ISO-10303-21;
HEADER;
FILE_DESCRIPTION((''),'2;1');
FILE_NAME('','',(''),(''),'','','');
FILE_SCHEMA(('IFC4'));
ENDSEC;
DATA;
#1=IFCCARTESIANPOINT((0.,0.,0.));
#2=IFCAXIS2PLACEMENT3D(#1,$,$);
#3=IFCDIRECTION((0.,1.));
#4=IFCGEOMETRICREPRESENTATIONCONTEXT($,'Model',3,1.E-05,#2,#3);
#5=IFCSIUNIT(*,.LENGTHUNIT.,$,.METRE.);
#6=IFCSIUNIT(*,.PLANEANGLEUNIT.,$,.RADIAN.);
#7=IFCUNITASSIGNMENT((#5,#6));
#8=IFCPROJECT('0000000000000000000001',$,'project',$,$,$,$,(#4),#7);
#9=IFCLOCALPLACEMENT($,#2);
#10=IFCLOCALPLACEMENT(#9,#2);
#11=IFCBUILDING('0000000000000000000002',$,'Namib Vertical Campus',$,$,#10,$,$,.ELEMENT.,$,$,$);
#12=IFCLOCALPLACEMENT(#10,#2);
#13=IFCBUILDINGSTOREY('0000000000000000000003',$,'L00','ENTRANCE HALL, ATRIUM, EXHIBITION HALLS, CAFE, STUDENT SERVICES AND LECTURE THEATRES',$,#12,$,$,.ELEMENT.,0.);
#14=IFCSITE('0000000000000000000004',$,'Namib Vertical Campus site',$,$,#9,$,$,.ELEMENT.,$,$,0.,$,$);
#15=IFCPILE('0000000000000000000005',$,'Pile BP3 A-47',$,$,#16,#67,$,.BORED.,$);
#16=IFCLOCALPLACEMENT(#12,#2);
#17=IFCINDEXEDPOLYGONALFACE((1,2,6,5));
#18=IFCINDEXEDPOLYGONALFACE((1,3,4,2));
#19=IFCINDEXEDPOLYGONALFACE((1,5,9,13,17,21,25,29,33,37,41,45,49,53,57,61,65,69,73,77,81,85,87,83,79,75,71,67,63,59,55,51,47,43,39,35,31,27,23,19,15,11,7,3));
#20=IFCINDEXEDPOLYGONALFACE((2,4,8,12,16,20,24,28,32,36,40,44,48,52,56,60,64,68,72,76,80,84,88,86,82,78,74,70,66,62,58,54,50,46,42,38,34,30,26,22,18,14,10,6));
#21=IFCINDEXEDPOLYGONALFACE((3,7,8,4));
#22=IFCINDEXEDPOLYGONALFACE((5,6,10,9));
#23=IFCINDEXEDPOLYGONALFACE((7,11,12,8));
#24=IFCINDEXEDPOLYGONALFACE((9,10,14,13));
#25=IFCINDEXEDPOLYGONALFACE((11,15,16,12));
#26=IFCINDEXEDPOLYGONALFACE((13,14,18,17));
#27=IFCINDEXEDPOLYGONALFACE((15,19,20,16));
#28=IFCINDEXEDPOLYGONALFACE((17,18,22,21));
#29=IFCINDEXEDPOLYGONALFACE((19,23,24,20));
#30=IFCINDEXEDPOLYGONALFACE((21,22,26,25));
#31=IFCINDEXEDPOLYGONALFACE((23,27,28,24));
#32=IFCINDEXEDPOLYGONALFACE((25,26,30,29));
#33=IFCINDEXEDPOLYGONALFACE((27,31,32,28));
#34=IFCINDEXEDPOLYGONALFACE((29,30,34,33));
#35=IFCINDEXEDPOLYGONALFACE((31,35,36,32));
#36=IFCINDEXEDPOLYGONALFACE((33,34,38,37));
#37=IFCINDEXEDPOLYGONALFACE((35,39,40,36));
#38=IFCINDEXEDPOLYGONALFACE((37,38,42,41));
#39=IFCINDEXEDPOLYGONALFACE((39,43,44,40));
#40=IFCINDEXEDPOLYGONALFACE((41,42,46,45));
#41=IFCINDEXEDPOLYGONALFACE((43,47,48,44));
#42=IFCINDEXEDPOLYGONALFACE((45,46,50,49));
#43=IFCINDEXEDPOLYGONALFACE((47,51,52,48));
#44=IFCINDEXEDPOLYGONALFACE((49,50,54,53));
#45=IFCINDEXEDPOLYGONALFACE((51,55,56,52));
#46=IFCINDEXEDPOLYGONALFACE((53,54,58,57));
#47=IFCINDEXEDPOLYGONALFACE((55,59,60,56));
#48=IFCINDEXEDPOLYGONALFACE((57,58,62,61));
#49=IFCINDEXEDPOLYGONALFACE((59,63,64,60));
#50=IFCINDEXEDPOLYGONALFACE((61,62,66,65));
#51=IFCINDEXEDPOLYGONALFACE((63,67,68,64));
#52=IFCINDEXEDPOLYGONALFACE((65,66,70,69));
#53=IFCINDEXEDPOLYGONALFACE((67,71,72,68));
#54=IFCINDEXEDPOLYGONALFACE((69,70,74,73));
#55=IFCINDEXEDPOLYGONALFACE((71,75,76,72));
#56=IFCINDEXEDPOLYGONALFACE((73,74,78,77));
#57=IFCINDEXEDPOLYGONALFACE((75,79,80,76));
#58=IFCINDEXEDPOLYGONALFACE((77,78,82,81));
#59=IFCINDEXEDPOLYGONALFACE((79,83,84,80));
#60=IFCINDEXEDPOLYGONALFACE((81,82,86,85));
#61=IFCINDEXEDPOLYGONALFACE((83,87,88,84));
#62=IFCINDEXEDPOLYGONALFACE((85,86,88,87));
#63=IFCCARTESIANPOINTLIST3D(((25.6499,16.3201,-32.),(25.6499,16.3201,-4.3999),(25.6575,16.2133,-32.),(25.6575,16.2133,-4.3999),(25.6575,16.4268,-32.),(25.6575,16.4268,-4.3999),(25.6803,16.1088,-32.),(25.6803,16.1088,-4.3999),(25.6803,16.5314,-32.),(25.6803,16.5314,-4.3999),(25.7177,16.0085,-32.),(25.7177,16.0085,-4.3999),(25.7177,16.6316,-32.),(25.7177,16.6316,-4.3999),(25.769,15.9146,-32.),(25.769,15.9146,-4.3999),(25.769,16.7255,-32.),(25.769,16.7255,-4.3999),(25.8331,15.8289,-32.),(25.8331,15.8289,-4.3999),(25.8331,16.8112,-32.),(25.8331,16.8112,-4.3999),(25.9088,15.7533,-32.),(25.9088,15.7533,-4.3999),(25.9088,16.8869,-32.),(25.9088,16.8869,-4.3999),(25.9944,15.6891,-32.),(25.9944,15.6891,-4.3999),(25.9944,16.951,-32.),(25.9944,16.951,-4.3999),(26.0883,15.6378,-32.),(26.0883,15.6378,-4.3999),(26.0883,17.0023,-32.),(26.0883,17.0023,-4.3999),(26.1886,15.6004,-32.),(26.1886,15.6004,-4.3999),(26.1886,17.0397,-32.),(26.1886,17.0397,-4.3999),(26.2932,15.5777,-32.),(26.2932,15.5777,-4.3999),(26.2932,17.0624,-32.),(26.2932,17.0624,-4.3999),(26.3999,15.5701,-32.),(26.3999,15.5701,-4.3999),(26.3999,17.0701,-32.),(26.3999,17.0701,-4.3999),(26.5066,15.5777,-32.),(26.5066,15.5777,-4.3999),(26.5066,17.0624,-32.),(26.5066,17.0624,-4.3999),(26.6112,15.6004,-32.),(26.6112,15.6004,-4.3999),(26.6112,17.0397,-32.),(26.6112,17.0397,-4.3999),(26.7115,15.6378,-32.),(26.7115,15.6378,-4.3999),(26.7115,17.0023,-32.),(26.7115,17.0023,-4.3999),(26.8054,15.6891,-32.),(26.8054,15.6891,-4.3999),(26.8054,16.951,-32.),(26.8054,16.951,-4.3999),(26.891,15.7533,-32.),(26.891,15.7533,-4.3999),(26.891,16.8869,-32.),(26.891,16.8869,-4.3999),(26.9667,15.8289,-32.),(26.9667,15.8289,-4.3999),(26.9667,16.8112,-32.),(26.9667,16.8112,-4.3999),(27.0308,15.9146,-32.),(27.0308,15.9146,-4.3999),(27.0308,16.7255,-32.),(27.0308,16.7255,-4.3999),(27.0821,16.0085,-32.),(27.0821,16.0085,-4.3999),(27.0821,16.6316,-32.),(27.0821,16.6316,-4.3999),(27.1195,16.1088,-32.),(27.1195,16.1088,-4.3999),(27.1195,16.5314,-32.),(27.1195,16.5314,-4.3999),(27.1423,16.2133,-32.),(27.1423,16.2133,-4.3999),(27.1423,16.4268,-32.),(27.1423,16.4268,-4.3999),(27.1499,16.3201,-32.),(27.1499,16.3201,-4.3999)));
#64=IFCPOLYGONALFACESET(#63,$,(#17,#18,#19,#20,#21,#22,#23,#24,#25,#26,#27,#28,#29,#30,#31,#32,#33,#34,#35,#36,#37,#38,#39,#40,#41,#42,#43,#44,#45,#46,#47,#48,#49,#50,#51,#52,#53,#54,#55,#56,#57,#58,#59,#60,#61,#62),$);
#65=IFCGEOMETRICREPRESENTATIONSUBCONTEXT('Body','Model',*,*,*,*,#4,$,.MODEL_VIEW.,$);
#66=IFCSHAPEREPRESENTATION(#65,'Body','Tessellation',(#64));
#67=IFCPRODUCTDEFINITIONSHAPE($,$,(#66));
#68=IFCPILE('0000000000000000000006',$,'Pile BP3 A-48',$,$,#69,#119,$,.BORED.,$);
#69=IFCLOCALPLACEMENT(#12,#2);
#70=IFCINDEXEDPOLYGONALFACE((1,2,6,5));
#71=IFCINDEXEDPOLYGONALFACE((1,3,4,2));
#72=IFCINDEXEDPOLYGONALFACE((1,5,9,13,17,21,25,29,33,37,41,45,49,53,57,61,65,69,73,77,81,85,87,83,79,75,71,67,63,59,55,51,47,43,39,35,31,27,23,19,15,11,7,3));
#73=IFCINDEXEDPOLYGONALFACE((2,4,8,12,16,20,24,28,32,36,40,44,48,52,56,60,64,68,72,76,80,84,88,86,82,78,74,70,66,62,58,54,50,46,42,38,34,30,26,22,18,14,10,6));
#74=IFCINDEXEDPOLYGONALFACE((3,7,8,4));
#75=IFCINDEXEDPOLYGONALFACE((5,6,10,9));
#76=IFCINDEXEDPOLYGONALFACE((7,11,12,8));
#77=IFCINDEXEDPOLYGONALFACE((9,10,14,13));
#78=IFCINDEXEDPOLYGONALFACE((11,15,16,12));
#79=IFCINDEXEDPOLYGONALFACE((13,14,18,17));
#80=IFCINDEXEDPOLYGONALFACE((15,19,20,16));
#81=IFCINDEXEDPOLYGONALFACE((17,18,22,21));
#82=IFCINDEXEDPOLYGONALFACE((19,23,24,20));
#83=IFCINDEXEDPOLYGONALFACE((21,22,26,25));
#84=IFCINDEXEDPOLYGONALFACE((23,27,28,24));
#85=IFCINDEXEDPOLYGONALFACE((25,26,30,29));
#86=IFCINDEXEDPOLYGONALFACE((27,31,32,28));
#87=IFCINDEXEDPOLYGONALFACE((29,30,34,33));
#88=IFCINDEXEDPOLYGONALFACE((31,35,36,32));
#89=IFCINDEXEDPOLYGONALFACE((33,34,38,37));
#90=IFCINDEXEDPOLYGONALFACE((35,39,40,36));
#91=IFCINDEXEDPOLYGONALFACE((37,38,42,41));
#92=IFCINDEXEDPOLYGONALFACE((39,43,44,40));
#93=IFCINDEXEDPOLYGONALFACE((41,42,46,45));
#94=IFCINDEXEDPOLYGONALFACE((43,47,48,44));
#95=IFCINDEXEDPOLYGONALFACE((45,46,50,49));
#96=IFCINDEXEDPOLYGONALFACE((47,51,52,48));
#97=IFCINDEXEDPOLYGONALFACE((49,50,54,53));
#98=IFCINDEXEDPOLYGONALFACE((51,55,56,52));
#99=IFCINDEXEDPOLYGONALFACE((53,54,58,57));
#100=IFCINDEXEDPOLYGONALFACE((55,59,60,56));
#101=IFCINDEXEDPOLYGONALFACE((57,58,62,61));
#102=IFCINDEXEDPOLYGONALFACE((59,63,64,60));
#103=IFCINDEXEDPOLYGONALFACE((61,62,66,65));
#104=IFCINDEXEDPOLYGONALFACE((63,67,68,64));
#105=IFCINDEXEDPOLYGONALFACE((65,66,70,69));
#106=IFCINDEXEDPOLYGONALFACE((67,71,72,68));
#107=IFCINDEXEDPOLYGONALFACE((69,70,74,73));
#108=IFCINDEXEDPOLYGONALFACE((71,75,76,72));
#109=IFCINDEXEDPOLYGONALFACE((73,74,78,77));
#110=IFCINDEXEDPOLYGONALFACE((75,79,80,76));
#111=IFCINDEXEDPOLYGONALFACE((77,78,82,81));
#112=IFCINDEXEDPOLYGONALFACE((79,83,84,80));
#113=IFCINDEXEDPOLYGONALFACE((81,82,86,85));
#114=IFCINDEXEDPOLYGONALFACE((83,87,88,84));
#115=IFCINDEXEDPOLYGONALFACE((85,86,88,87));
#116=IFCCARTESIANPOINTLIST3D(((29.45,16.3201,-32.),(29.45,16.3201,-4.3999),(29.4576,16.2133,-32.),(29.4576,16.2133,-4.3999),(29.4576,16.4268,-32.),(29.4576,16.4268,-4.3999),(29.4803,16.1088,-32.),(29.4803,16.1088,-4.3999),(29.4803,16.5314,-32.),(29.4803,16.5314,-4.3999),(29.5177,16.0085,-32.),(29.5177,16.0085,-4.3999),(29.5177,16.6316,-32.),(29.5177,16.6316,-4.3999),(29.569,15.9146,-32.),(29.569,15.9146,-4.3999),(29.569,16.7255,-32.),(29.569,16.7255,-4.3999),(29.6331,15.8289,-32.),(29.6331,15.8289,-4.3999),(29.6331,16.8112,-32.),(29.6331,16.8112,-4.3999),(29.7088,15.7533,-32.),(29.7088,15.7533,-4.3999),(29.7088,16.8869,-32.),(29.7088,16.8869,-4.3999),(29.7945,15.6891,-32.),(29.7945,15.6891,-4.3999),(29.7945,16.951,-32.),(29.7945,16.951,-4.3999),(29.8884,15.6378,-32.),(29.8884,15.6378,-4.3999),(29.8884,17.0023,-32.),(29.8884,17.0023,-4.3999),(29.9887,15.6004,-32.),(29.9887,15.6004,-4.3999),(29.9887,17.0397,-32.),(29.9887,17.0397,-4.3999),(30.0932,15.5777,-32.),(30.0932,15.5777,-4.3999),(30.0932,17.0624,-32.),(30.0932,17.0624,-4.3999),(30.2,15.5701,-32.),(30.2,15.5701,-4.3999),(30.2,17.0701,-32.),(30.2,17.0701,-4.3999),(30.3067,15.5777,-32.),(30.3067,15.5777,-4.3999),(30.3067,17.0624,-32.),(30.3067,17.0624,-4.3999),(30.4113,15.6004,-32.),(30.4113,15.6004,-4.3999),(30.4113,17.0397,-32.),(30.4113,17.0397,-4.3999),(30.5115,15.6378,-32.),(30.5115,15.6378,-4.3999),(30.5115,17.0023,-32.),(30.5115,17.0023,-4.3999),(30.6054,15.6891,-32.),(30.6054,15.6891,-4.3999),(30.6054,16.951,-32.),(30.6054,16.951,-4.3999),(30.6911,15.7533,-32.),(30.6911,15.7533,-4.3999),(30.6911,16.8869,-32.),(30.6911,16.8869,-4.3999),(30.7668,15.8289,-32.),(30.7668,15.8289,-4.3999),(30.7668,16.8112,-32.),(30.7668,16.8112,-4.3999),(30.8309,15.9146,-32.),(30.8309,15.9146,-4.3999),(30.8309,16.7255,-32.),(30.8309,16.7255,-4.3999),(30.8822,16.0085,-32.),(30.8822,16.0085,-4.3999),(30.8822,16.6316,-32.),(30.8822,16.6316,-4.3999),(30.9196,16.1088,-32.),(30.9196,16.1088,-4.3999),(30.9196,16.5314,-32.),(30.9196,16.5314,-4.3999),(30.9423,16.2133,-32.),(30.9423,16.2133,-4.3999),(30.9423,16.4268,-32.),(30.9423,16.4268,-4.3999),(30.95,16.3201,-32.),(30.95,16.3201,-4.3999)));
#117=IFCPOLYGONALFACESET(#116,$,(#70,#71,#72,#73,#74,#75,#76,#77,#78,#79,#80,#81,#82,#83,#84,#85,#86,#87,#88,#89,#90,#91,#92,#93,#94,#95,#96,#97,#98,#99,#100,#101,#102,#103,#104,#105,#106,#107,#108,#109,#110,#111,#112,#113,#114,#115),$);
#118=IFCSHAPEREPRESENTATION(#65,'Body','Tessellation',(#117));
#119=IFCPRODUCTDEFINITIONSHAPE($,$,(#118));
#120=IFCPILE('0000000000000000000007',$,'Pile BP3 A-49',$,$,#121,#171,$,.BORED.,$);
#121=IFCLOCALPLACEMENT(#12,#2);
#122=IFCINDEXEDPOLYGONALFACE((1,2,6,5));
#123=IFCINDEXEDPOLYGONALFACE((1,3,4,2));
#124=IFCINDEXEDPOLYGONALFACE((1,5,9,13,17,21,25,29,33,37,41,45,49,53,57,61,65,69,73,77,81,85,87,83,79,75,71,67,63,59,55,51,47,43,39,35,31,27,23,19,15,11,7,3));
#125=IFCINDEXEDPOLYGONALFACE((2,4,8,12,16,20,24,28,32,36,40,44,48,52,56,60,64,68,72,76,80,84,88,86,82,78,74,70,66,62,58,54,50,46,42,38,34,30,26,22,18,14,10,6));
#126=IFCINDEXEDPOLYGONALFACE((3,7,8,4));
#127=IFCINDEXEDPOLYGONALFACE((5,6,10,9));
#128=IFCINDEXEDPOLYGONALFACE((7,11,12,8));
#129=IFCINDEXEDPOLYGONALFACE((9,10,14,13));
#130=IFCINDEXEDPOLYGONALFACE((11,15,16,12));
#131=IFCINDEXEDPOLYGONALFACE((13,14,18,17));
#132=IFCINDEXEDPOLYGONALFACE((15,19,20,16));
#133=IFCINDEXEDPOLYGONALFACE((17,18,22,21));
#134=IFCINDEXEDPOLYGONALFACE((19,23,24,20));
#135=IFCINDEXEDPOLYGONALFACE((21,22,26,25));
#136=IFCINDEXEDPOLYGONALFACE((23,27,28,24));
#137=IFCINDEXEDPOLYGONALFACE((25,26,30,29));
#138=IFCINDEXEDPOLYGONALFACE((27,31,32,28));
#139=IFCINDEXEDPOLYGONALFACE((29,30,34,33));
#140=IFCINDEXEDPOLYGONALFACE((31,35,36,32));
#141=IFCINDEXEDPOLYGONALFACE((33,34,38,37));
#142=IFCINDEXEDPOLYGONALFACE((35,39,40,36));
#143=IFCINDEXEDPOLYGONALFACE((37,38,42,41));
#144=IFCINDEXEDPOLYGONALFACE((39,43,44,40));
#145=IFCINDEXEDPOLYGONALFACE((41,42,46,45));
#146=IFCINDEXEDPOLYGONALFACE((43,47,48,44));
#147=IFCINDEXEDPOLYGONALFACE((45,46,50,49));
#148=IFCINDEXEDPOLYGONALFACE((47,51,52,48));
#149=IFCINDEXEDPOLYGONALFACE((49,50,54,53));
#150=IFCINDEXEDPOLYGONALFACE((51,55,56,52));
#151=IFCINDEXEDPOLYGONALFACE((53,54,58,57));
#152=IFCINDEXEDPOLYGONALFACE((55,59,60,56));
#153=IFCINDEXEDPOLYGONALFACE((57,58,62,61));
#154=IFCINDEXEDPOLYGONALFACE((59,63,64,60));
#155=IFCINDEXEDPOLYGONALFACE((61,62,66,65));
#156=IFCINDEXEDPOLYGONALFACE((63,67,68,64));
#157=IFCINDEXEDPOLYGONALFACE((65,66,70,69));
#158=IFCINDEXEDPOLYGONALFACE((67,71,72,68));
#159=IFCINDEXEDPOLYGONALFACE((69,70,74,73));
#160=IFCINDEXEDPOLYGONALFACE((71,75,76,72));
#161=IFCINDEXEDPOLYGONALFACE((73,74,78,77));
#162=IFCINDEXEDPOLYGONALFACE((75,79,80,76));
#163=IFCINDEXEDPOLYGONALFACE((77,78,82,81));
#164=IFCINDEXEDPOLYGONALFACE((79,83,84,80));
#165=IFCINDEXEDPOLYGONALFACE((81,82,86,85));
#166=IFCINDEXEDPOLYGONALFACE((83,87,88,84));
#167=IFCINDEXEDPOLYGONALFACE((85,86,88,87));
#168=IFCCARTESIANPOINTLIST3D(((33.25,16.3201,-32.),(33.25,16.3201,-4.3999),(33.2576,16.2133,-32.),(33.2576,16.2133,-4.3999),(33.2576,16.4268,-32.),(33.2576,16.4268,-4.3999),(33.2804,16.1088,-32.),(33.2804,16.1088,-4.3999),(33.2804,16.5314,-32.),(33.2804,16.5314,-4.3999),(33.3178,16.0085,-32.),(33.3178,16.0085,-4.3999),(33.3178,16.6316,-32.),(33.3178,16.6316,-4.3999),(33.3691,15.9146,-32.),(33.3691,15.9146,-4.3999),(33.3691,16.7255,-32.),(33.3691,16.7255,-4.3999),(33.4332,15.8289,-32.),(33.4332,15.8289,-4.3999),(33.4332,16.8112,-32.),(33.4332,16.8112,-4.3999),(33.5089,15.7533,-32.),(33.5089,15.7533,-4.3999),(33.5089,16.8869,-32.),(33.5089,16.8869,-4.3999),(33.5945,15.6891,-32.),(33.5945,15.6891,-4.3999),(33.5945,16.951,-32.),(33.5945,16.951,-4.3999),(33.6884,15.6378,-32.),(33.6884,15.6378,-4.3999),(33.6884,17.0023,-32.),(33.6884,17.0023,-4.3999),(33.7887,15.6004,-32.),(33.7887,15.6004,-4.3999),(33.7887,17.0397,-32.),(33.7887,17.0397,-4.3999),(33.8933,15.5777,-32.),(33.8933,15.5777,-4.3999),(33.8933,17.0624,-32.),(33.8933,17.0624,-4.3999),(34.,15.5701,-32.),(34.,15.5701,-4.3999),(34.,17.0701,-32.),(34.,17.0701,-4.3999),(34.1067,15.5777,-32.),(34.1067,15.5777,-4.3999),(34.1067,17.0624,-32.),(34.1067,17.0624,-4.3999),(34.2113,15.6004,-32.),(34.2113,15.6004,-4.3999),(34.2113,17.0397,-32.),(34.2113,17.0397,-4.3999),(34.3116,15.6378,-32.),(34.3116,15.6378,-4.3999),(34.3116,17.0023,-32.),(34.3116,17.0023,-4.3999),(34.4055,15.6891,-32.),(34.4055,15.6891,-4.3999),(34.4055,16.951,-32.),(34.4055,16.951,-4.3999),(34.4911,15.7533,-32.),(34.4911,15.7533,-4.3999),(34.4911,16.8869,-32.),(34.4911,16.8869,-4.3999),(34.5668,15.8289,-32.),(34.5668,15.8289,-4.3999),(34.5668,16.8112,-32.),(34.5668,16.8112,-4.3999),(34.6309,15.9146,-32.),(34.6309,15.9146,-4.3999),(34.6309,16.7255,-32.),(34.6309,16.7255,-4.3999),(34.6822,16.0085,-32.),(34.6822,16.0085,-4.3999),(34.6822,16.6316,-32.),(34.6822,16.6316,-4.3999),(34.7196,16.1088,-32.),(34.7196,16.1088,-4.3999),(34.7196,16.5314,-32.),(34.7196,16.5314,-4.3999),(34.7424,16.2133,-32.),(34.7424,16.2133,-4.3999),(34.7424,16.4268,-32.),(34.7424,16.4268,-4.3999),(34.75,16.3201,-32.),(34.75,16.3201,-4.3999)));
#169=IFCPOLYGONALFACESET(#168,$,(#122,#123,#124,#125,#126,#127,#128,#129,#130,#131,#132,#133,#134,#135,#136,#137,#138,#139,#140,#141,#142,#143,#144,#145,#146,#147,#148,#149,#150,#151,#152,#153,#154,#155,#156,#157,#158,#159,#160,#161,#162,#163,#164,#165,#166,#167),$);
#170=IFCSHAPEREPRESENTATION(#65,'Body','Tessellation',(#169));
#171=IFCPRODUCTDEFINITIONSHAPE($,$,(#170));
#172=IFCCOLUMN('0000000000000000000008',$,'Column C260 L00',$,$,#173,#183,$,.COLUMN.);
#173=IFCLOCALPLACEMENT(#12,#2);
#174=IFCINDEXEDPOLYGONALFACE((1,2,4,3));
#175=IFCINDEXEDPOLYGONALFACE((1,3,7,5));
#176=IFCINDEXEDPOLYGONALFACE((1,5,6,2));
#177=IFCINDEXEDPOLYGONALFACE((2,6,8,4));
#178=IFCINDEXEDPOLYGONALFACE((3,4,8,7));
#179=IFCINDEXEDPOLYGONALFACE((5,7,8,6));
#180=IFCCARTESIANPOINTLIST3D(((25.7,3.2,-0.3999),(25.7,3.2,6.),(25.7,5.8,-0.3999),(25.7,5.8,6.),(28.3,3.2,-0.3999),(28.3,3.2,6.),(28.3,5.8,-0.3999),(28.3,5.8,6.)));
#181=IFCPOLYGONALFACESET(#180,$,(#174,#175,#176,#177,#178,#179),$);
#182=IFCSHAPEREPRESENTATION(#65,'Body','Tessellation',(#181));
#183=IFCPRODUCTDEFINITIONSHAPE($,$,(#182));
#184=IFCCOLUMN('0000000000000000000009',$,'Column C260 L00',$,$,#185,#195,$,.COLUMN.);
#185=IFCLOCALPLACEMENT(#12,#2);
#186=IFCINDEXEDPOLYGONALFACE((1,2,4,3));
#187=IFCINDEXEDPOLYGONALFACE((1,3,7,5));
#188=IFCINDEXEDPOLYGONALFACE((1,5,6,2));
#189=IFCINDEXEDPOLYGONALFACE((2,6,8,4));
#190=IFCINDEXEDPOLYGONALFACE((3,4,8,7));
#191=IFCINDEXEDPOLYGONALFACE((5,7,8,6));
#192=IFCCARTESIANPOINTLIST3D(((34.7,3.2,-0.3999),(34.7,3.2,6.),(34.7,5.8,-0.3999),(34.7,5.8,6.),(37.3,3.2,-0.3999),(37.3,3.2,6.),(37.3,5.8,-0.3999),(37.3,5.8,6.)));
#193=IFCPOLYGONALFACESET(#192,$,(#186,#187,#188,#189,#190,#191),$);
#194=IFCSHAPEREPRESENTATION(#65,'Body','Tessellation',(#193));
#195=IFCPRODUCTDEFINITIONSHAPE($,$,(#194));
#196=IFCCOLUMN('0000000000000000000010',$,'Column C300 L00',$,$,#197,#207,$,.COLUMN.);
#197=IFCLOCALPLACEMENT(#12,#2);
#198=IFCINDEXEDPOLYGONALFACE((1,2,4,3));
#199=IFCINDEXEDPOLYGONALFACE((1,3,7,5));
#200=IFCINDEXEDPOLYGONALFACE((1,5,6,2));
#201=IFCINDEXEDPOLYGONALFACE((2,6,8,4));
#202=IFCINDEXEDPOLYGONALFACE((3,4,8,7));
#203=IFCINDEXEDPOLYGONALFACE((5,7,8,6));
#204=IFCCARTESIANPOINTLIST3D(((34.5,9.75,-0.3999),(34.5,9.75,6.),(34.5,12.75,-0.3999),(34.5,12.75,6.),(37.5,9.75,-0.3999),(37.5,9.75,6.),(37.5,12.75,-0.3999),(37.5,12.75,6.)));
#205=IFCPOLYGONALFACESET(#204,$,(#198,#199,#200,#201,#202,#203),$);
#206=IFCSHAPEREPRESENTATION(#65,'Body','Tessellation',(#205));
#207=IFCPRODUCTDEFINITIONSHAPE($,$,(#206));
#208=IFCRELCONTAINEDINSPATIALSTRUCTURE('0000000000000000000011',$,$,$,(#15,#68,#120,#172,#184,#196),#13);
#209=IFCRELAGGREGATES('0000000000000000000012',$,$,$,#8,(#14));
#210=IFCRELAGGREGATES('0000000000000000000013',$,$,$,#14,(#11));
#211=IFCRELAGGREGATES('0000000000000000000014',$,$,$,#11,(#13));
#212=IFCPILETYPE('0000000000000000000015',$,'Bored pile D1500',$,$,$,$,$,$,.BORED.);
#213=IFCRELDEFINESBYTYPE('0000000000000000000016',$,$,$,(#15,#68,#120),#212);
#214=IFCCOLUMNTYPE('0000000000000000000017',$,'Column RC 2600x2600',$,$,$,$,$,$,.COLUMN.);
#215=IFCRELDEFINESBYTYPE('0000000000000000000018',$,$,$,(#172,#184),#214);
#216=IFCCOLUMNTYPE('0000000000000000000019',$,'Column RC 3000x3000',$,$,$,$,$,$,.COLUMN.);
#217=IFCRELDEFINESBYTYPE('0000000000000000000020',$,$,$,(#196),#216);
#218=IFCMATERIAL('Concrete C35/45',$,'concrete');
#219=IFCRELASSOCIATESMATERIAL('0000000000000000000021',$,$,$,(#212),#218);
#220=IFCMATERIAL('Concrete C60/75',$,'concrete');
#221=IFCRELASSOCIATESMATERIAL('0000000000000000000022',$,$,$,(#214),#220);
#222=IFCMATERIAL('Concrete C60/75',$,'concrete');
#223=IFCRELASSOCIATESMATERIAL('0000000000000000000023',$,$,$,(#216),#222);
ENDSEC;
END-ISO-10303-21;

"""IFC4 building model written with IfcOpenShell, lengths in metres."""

from ifc_helpers import new_model, si_unit, direction, frame, origin, origin_2d, place, context, subcontext, project, spatial, rectangle, circle, extrude, material, material_profile, profile_set, type_object, element, save


model = new_model("IFC4")

# Units and contexts
model_context = context("Model", 3, precision=1e-05, world=origin(), true_north=direction((0.0, 1.0)))
body_context = subcontext(model_context, "Body", "Model", "MODEL_VIEW")
ifc_project = project(units=[si_unit("LENGTHUNIT", "METRE"), si_unit("PLANEANGLEUNIT", "RADIAN")], contexts=[model_context])

# Site, building, storey
site_placement = place(None, origin())
site = spatial("IfcSite", under=ifc_project, at=site_placement, Name="Namib Vertical Campus site", CompositionType="ELEMENT", RefElevation=0.0)
building_placement = place(site_placement, origin())
building = spatial("IfcBuilding", under=site, at=building_placement, Name="Namib Vertical Campus", CompositionType="ELEMENT")
storey_placement = place(building_placement, origin())
storey = spatial("IfcBuildingStorey", under=building, at=storey_placement, Name="L00", Description="ENTRANCE HALL, ATRIUM, EXHIBITION HALLS, CAFE, STUDENT SERVICES AND LECTURE THEATRES", CompositionType="ELEMENT", Elevation=0.0)

# Piles
ifc_material_1 = material(Name="Concrete C35/45", Category="concrete")
ifc_material_profile_1 = material_profile(ifc_material_1, circle(Radius=0.75, at=origin_2d()))
ifc_profile_set_1 = profile_set([ifc_material_profile_1], Name="Concrete C35/45")
pile_type = type_object("IfcPileType", Name="Bored pile D1500", PredefinedType="BORED", material=ifc_profile_set_1)
for number, where, z_axis, x_axis, name in (
    (1, (26.3999, 16.3201, -4.3999), (0.0, 0.0, -1.0), (1.0, 0.0, 0.0), "Pile BP3 A-47"),
    (2, (30.2, 16.3201, -4.3999), (0.0, 0.0, -1.0), (1.0, 0.0, 0.0), "Pile BP3 A-48"),
    (3, (34.0, 16.3201, -4.3999), (0.0, 0.0, -1.0), (1.0, 0.0, 0.0), "Pile BP3 A-49"),
):
    element("IfcPile", number, at=place(storey_placement, frame(where, z_axis=z_axis, x_axis=x_axis)), inside=storey, type_object=pile_type, Name=name, PredefinedType="BORED", context=body_context, shape_type="SweptSolid", body=[
        extrude(circle(Radius=0.75, at=origin_2d()), origin(), (0.0, 0.0, 1.0), 27.6001),
    ])

# Columns
ifc_material_2 = material(Name="Concrete C60/75", Category="concrete")
ifc_material_profile_2 = material_profile(ifc_material_2, rectangle(XDim=2.6001, YDim=2.6001, at=origin_2d()))
ifc_profile_set_2 = profile_set([ifc_material_profile_2], Name="Concrete C60/75")
column_type_1 = type_object("IfcColumnType", Name="Column RC 2600x2600", PredefinedType="COLUMN", material=ifc_profile_set_2)
for number, where, z_axis, x_axis, name in (
    (4, (27.0, 4.5, -0.3999), (0.0, 0.0, 1.0), (1.0, 0.0, 0.0), "Column C260 L00"),
    (5, (36.0, 4.5, -0.3999), (0.0, 0.0, 1.0), (1.0, 0.0, 0.0), "Column C260 L00"),
):
    element("IfcColumn", number, at=place(storey_placement, frame(where, z_axis=z_axis, x_axis=x_axis)), inside=storey, type_object=column_type_1, Name=name, PredefinedType="COLUMN", context=body_context, shape_type="SweptSolid", body=[
        extrude(rectangle(XDim=2.6001, YDim=2.6001, at=origin_2d()), origin(), (0.0, 0.0, 1.0), 6.3999),
    ])
ifc_material_3 = material(Name="Concrete C60/75", Category="concrete")
ifc_material_profile_3 = material_profile(ifc_material_3, rectangle(XDim=3.0, YDim=3.0, at=origin_2d()))
ifc_profile_set_3 = profile_set([ifc_material_profile_3], Name="Concrete C60/75")
column_type_2 = type_object("IfcColumnType", Name="Column RC 3000x3000", PredefinedType="COLUMN", material=ifc_profile_set_3)
column_placement = place(storey_placement, frame((36.0, 11.25, -0.3999), z_axis=(0.0, 0.0, 1.0), x_axis=(1.0, 0.0, 0.0)))
element("IfcColumn", 6, at=column_placement, inside=storey, type_object=column_type_2, Name="Column C300 L00", PredefinedType="COLUMN", context=body_context, shape_type="SweptSolid", body=[
    extrude(rectangle(XDim=3.0, YDim=3.0, at=origin_2d()), origin(), (0.0, 0.0, 1.0), 6.3999),
])

save(model, "model.ifc")
